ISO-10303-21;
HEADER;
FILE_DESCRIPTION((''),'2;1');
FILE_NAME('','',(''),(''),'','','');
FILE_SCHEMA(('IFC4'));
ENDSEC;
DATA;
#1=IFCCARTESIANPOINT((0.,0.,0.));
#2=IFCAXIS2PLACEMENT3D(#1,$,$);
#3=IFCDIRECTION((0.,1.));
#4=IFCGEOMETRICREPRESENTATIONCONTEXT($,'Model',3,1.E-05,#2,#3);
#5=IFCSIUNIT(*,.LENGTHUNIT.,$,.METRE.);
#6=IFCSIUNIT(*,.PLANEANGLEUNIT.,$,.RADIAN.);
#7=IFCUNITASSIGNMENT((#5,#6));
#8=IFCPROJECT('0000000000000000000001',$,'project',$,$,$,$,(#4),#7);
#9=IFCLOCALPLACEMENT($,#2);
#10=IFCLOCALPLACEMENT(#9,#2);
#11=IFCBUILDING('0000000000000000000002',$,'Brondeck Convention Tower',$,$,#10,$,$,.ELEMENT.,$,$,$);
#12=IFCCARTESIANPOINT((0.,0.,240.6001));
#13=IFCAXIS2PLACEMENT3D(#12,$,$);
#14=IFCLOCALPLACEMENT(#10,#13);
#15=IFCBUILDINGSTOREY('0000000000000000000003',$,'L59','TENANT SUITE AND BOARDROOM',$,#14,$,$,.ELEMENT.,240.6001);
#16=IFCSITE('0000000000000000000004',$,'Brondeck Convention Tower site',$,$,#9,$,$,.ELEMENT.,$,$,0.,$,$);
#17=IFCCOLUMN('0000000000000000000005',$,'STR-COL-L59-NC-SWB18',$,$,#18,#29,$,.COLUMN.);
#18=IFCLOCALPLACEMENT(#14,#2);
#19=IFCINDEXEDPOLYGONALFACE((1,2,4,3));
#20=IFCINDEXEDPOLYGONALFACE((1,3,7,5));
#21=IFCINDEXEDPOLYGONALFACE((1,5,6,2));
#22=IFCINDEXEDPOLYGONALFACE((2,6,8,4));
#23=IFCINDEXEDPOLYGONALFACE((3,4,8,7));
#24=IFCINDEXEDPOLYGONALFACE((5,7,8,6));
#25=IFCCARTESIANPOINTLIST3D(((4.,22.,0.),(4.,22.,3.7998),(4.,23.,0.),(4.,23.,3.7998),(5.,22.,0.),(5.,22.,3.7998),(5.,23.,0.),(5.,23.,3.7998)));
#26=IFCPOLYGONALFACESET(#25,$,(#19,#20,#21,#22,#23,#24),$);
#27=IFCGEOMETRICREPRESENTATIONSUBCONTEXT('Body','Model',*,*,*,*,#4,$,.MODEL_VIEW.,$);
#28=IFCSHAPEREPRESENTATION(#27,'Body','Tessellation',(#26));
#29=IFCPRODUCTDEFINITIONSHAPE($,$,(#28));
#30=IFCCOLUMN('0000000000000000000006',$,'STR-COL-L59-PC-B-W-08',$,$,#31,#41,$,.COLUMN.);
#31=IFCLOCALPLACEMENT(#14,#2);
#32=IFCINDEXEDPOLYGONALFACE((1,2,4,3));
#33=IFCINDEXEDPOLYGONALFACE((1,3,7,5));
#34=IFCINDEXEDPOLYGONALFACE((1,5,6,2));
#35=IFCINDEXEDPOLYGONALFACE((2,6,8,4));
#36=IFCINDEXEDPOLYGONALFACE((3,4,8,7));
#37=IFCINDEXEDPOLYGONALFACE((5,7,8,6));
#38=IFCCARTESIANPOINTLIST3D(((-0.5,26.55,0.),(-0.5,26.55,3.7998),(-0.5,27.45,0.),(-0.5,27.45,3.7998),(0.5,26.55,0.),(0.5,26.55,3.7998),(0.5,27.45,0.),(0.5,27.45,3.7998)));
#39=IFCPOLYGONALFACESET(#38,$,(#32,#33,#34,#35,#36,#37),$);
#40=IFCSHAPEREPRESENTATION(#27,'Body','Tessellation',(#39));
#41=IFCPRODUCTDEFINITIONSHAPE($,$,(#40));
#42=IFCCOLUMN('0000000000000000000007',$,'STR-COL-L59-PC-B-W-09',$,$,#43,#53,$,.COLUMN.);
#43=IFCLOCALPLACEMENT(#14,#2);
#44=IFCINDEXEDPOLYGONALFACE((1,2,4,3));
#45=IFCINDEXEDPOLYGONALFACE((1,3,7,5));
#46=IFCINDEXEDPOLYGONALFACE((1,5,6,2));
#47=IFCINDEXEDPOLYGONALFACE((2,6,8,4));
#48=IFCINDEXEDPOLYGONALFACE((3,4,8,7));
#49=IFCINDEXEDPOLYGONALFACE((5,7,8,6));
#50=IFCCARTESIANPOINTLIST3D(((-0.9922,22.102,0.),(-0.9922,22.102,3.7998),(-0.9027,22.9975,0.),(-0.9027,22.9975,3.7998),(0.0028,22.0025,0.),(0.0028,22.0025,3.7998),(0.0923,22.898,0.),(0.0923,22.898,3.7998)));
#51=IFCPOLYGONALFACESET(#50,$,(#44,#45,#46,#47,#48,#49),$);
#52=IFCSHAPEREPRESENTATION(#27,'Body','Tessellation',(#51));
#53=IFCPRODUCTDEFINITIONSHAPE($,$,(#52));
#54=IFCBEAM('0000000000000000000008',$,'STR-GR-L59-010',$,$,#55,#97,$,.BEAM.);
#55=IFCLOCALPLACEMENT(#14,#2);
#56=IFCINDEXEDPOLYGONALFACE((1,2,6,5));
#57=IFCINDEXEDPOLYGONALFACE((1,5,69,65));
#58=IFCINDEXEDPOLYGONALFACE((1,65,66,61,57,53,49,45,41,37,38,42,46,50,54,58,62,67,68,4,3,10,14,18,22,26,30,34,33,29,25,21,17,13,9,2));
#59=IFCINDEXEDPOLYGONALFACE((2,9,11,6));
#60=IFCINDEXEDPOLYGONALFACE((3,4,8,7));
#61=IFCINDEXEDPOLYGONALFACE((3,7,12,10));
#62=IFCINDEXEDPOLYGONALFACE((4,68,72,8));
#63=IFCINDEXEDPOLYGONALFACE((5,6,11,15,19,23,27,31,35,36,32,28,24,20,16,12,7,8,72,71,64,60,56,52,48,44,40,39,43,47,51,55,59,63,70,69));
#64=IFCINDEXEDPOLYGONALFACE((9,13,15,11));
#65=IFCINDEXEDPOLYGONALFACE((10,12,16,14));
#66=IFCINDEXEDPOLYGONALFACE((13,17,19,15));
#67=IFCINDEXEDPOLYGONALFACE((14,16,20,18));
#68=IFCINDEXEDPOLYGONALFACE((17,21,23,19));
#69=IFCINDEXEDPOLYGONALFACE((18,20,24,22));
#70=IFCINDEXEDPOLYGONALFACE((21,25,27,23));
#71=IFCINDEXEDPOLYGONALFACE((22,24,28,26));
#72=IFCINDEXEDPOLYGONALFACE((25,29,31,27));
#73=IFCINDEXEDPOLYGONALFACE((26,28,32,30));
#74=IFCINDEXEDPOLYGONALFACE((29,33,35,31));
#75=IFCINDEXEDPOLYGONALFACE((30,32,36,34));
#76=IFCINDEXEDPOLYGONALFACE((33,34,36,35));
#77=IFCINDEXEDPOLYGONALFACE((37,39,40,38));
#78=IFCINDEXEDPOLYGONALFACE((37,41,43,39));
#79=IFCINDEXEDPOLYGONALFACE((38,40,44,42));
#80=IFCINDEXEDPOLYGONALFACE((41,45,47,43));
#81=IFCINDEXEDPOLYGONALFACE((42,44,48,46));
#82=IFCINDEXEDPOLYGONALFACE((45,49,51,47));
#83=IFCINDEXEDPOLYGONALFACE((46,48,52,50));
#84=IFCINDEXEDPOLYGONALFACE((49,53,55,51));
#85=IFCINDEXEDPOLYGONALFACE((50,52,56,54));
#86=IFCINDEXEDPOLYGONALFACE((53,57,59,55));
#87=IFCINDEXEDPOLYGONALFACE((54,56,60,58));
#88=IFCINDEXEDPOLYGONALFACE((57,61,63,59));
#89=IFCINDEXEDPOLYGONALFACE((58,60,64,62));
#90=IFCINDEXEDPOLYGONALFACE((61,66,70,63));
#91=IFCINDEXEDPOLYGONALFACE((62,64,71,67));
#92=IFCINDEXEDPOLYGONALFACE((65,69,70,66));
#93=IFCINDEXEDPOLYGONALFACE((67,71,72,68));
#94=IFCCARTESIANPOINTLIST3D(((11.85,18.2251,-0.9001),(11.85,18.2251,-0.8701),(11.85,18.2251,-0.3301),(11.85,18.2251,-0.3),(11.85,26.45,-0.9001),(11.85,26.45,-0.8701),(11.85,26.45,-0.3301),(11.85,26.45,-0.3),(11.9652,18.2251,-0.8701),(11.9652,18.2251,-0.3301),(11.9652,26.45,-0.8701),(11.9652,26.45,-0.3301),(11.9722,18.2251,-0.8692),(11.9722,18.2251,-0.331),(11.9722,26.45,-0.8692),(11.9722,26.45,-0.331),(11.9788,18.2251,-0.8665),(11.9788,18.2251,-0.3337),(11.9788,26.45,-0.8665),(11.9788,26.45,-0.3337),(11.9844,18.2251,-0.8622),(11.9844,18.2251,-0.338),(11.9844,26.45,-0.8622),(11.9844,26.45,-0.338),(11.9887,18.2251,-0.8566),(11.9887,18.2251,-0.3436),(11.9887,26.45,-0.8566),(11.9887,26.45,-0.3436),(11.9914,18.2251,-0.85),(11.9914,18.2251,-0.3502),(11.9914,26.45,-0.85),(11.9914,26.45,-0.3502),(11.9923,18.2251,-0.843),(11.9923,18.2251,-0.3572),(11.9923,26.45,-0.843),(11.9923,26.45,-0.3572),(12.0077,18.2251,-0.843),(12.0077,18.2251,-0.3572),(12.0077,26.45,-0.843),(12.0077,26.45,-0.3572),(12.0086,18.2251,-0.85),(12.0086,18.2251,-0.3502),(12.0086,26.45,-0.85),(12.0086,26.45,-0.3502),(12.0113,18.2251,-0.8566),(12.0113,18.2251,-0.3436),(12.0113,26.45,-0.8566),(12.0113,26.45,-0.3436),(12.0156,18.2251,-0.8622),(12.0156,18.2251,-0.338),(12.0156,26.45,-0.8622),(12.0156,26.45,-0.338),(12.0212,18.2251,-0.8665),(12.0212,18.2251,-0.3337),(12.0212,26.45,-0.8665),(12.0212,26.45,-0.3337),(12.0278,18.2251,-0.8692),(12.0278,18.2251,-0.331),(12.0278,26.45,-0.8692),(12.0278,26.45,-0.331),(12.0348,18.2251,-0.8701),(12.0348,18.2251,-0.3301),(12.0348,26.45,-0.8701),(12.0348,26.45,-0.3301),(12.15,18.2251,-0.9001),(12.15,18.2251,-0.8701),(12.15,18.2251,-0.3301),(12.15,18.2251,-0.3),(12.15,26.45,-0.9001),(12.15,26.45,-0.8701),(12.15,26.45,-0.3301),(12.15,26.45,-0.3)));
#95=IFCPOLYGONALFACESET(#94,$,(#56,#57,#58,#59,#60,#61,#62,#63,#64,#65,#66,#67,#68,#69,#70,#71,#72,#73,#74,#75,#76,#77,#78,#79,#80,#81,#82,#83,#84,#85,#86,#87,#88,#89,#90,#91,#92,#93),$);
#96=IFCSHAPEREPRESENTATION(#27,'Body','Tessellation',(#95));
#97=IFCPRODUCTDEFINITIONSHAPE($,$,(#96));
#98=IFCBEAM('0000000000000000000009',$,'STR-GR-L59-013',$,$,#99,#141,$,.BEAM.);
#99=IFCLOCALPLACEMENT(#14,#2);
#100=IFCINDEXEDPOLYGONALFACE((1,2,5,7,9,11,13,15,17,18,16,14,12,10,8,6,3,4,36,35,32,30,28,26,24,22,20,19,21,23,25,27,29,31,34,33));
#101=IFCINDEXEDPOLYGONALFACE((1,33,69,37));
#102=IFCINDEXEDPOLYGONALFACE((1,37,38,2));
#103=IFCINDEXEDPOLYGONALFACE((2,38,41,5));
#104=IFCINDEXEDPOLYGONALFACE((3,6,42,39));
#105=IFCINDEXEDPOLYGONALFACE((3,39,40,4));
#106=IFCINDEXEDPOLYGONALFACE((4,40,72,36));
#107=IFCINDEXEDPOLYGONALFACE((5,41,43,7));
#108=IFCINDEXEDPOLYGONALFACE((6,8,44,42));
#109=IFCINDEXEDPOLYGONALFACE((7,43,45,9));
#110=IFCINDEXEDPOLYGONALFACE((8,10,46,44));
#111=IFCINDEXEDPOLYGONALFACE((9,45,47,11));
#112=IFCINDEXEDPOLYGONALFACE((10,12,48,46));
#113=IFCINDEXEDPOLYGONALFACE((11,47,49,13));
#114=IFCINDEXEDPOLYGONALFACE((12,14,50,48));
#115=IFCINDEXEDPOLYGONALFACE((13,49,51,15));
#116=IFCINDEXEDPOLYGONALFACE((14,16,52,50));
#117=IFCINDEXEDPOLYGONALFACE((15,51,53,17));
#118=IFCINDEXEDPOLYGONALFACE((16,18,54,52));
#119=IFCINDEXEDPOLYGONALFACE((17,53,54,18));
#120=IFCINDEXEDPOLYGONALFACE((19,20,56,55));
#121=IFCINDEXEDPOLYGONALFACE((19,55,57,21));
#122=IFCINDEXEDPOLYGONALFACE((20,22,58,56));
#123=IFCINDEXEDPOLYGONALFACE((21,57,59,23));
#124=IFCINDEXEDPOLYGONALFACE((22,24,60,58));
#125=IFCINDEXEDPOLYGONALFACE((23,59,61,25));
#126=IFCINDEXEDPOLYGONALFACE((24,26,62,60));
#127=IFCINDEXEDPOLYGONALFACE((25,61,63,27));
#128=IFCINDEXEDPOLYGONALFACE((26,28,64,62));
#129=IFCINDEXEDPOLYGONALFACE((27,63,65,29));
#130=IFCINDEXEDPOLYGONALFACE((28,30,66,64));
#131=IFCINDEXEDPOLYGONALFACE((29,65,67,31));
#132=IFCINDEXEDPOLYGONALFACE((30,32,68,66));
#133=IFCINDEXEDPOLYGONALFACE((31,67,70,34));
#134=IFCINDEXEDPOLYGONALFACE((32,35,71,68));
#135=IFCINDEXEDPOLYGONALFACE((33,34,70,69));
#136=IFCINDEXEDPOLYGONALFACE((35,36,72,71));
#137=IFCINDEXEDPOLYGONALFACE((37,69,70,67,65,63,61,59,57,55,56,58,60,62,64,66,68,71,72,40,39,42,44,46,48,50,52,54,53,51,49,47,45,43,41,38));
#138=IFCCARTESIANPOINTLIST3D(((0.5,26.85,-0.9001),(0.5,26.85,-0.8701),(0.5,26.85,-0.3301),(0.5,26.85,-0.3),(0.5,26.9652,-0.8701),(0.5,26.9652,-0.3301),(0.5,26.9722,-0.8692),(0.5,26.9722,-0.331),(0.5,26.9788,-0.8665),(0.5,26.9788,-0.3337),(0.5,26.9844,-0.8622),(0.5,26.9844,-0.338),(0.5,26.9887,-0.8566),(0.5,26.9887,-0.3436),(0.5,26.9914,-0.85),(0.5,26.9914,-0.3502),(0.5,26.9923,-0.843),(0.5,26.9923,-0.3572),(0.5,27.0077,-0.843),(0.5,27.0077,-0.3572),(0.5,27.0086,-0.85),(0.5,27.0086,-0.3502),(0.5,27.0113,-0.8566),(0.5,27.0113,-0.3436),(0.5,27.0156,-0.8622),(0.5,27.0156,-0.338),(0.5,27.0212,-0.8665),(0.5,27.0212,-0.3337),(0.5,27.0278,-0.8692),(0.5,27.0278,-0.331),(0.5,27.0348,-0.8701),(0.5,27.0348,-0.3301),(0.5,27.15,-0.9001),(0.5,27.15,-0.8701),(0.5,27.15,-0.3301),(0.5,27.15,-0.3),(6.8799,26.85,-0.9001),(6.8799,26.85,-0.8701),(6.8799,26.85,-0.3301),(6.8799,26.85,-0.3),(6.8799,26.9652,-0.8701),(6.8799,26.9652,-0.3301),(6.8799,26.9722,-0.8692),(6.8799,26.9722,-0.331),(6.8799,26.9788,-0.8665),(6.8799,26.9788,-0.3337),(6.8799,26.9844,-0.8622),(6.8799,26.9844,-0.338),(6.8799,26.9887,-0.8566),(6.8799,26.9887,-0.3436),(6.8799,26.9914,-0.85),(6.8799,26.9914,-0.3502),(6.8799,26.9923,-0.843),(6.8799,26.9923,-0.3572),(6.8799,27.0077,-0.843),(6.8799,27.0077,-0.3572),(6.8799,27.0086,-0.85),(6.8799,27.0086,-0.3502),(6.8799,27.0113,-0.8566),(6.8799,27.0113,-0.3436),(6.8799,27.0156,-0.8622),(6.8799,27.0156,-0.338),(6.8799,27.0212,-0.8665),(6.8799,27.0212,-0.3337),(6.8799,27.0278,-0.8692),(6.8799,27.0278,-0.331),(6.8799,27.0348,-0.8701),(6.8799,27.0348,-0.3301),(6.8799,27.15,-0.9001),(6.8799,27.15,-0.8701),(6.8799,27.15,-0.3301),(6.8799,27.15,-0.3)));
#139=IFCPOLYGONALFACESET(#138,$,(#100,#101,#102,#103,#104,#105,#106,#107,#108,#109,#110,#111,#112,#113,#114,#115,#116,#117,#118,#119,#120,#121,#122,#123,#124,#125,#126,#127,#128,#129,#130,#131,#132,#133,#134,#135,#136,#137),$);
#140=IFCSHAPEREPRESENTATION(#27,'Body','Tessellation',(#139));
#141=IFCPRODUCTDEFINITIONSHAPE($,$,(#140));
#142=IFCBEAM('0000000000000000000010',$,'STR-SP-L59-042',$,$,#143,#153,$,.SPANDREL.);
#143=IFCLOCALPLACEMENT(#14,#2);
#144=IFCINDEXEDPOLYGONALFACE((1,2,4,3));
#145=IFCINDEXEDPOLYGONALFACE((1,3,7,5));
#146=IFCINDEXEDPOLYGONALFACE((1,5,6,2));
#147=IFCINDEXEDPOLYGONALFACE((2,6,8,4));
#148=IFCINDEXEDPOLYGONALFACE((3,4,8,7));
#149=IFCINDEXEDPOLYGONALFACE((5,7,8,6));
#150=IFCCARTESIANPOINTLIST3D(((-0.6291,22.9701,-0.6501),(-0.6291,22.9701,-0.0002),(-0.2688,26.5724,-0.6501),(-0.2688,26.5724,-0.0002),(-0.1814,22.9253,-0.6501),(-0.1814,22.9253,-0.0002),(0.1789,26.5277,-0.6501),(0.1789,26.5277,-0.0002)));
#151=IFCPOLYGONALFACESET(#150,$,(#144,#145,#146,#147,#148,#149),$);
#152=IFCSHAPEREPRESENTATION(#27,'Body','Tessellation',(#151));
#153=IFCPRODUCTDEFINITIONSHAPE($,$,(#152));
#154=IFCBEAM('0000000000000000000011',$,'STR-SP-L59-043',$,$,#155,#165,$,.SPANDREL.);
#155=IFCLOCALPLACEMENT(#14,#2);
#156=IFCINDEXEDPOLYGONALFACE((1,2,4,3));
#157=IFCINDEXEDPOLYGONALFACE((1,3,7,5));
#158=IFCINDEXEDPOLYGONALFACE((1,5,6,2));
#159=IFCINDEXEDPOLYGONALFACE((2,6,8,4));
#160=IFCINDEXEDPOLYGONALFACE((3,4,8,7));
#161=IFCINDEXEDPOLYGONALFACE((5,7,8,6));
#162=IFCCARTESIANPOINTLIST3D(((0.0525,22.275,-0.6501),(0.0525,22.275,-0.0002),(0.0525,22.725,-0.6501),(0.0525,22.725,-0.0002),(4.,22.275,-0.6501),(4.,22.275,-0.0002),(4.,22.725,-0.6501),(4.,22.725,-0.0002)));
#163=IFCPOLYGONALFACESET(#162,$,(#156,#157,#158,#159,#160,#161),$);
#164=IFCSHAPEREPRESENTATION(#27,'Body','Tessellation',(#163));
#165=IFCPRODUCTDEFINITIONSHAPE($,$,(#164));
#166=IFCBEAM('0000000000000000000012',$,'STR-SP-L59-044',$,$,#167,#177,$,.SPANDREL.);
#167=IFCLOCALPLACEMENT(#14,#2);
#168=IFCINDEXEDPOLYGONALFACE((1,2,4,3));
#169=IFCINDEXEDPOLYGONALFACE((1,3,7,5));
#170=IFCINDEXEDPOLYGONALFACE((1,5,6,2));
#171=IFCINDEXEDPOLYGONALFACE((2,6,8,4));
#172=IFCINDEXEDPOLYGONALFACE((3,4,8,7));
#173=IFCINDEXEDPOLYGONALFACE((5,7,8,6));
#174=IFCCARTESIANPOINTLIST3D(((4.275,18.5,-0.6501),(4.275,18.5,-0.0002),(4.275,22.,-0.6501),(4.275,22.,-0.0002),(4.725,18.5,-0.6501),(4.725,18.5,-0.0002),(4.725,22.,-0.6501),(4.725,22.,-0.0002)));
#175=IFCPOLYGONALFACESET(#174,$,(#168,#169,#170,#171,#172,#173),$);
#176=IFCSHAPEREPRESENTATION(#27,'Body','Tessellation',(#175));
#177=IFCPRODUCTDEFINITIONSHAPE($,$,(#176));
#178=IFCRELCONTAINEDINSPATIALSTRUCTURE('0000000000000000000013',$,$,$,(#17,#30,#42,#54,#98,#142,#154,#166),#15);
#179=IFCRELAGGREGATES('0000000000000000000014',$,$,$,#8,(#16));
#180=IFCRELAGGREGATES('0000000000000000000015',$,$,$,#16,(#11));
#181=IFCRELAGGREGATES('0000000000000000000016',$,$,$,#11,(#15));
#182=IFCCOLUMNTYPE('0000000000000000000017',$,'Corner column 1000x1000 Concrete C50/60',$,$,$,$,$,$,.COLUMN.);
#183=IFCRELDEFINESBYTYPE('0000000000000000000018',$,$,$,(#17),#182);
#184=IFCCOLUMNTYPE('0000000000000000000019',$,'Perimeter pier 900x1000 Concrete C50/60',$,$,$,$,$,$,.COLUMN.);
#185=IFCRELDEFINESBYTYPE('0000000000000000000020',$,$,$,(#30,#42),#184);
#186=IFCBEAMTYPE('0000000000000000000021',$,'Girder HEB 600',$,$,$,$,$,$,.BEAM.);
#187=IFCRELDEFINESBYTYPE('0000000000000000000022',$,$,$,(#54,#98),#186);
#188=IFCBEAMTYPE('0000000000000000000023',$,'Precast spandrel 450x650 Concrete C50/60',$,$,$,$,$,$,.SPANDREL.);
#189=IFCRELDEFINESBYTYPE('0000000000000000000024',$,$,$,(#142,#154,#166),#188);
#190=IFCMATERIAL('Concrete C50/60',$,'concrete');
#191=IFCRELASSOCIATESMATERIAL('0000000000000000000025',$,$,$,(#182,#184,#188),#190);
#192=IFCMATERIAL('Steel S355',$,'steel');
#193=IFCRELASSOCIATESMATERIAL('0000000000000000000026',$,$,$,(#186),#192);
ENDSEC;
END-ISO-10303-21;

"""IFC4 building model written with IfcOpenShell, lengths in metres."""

from ifc_helpers import new_model, si_unit, direction, frame, origin, origin_2d, place, context, subcontext, project, spatial, rectangle, i_section, extrude, material, material_profile, profile_set, type_object, element, save


model = new_model("IFC4")

# Units and contexts
model_context = context("Model", 3, precision=1e-05, world=origin(), true_north=direction((0.0, 1.0)))
body_context = subcontext(model_context, "Body", "Model", "MODEL_VIEW")
ifc_project = project(units=[si_unit("LENGTHUNIT", "METRE"), si_unit("PLANEANGLEUNIT", "RADIAN")], contexts=[model_context])

# Site, building, storey
site_placement = place(None, origin())
site = spatial("IfcSite", under=ifc_project, at=site_placement, Name="Brondeck Convention Tower site", CompositionType="ELEMENT", RefElevation=0.0)
building_placement = place(site_placement, origin())
building = spatial("IfcBuilding", under=site, at=building_placement, Name="Brondeck Convention Tower", CompositionType="ELEMENT")
storey_placement = place(building_placement, frame((0.0, 0.0, 240.6001)))
storey = spatial("IfcBuildingStorey", under=building, at=storey_placement, Name="L59", Description="TENANT SUITE AND BOARDROOM", CompositionType="ELEMENT", Elevation=240.6001)

# Columns
ifc_material_1 = material(Name="Concrete C50/60", Category="concrete")
ifc_material_profile_1 = material_profile(ifc_material_1, rectangle(XDim=1.0, YDim=1.0, at=origin_2d()), Name="Corner column 1000x1000 Concrete C50/60")
ifc_profile_set_1 = profile_set([ifc_material_profile_1], Name="Concrete C50/60")
column_type_1 = type_object("IfcColumnType", Name="Corner column 1000x1000 Concrete C50/60", PredefinedType="COLUMN", material=ifc_profile_set_1)
column_placement = place(storey_placement, frame((4.5, 22.5, 0.0), z_axis=(0.0, 0.0, 1.0), x_axis=(1.0, 0.0, 0.0)))
element("IfcColumn", 1, at=column_placement, inside=storey, type_object=column_type_1, Name="STR-COL-L59-NC-SWB18", PredefinedType="COLUMN", context=body_context, shape_type="SweptSolid", body=[
    extrude(rectangle(XDim=1.0, YDim=1.0, at=origin_2d()), origin(), (0.0, 0.0, 1.0), 3.7998),
])
ifc_material_profile_2 = material_profile(ifc_material_1, rectangle(XDim=0.8999, YDim=1.0, at=origin_2d()), Name="Perimeter pier 900x1000 Concrete C50/60")
ifc_profile_set_2 = profile_set([ifc_material_profile_2], Name="Concrete C50/60")
column_type_2 = type_object("IfcColumnType", Name="Perimeter pier 900x1000 Concrete C50/60", PredefinedType="COLUMN", material=ifc_profile_set_2)
for number, where, z_axis, x_axis, name in (
    (2, (0.0, 27.0, 0.0), (0.0, 0.0, 1.0), (0.0, -1.0, 0.0), "STR-COL-L59-PC-B-W-08"),
    (3, (-0.45, 22.5, 0.0), (0.0, 0.0, 1.0), (-0.099504, -0.995037, 0.0), "STR-COL-L59-PC-B-W-09"),
):
    element("IfcColumn", number, at=place(storey_placement, frame(where, z_axis=z_axis, x_axis=x_axis)), inside=storey, type_object=column_type_2, Name=name, PredefinedType="COLUMN", context=body_context, shape_type="SweptSolid", body=[
        extrude(rectangle(XDim=0.8999, YDim=1.0, at=origin_2d()), origin(), (0.0, 0.0, 1.0), 3.7998),
    ])

# Beams
ifc_material_2 = material(Name="Steel S355", Category="steel")
ifc_material_profile_3 = material_profile(ifc_material_2, i_section(OverallWidth=0.3, OverallDepth=0.6001, WebThickness=0.0154, FlangeThickness=0.03, FilletRadius=0.0271, at=origin_2d()), Name="HEB 600")
ifc_profile_set_3 = profile_set([ifc_material_profile_3], Name="Steel S355")
beam_type_1 = type_object("IfcBeamType", Name="Girder HEB 600", PredefinedType="BEAM", material=ifc_profile_set_3)
beam_1_placement = place(storey_placement, frame((12.0, 26.45, -0.6001), z_axis=(0.0, -1.0, 0.0), x_axis=(1.0, 0.0, 0.0)))
element("IfcBeam", 4, at=beam_1_placement, inside=storey, type_object=beam_type_1, Name="STR-GR-L59-010", PredefinedType="BEAM", context=body_context, shape_type="SweptSolid", body=[
    extrude(i_section(OverallWidth=0.3, OverallDepth=0.6001, WebThickness=0.0154, FlangeThickness=0.03, FilletRadius=0.0271, at=origin_2d()), origin(), (0.0, 0.0, 1.0), 8.2249),
])
beam_2_placement = place(storey_placement, frame((0.5, 27.0, -0.6001), z_axis=(1.0, 0.0, 0.0), x_axis=(0.0, 1.0, 0.0)))
element("IfcBeam", 5, at=beam_2_placement, inside=storey, type_object=beam_type_1, Name="STR-GR-L59-013", PredefinedType="BEAM", context=body_context, shape_type="SweptSolid", body=[
    extrude(i_section(OverallWidth=0.3, OverallDepth=0.6001, WebThickness=0.0154, FlangeThickness=0.03, FilletRadius=0.0271, at=origin_2d()), origin(), (0.0, 0.0, 1.0), 6.3799),
])
ifc_material_profile_4 = material_profile(ifc_material_1, rectangle(XDim=0.45, YDim=0.6499, at=origin_2d()), Name="Precast spandrel 450x650 Concrete C50/60")
ifc_profile_set_4 = profile_set([ifc_material_profile_4], Name="Concrete C50/60")
beam_type_2 = type_object("IfcBeamType", Name="Precast spandrel 450x650 Concrete C50/60", PredefinedType="SPANDREL", material=ifc_profile_set_4)
beam_3_placement = place(storey_placement, frame((-0.0449, 26.55, -0.3252), z_axis=(-0.099537, -0.995034, 0.0), x_axis=(0.995034, -0.099537, 0.0)))
element("IfcBeam", 6, at=beam_3_placement, inside=storey, type_object=beam_type_2, Name="STR-SP-L59-042", PredefinedType="SPANDREL", context=body_context, shape_type="SweptSolid", body=[
    extrude(rectangle(XDim=0.45, YDim=0.6499, at=origin_2d()), origin(), (0.0, 0.0, 1.0), 3.6204),
])
beam_4_placement = place(storey_placement, frame((0.0525, 22.5, -0.3252), z_axis=(1.0, 0.0, 0.0), x_axis=(0.0, 1.0, 0.0)))
element("IfcBeam", 7, at=beam_4_placement, inside=storey, type_object=beam_type_2, Name="STR-SP-L59-043", PredefinedType="SPANDREL", context=body_context, shape_type="SweptSolid", body=[
    extrude(rectangle(XDim=0.45, YDim=0.6499, at=origin_2d()), origin(), (0.0, 0.0, 1.0), 3.9475),
])
beam_5_placement = place(storey_placement, frame((4.5, 22.0, -0.3252), z_axis=(0.0, -1.0, 0.0), x_axis=(1.0, 0.0, 0.0)))
element("IfcBeam", 8, at=beam_5_placement, inside=storey, type_object=beam_type_2, Name="STR-SP-L59-044", PredefinedType="SPANDREL", context=body_context, shape_type="SweptSolid", body=[
    extrude(rectangle(XDim=0.45, YDim=0.6499, at=origin_2d()), origin(), (0.0, 0.0, 1.0), 3.5),
])

save(model, "model.ifc")
